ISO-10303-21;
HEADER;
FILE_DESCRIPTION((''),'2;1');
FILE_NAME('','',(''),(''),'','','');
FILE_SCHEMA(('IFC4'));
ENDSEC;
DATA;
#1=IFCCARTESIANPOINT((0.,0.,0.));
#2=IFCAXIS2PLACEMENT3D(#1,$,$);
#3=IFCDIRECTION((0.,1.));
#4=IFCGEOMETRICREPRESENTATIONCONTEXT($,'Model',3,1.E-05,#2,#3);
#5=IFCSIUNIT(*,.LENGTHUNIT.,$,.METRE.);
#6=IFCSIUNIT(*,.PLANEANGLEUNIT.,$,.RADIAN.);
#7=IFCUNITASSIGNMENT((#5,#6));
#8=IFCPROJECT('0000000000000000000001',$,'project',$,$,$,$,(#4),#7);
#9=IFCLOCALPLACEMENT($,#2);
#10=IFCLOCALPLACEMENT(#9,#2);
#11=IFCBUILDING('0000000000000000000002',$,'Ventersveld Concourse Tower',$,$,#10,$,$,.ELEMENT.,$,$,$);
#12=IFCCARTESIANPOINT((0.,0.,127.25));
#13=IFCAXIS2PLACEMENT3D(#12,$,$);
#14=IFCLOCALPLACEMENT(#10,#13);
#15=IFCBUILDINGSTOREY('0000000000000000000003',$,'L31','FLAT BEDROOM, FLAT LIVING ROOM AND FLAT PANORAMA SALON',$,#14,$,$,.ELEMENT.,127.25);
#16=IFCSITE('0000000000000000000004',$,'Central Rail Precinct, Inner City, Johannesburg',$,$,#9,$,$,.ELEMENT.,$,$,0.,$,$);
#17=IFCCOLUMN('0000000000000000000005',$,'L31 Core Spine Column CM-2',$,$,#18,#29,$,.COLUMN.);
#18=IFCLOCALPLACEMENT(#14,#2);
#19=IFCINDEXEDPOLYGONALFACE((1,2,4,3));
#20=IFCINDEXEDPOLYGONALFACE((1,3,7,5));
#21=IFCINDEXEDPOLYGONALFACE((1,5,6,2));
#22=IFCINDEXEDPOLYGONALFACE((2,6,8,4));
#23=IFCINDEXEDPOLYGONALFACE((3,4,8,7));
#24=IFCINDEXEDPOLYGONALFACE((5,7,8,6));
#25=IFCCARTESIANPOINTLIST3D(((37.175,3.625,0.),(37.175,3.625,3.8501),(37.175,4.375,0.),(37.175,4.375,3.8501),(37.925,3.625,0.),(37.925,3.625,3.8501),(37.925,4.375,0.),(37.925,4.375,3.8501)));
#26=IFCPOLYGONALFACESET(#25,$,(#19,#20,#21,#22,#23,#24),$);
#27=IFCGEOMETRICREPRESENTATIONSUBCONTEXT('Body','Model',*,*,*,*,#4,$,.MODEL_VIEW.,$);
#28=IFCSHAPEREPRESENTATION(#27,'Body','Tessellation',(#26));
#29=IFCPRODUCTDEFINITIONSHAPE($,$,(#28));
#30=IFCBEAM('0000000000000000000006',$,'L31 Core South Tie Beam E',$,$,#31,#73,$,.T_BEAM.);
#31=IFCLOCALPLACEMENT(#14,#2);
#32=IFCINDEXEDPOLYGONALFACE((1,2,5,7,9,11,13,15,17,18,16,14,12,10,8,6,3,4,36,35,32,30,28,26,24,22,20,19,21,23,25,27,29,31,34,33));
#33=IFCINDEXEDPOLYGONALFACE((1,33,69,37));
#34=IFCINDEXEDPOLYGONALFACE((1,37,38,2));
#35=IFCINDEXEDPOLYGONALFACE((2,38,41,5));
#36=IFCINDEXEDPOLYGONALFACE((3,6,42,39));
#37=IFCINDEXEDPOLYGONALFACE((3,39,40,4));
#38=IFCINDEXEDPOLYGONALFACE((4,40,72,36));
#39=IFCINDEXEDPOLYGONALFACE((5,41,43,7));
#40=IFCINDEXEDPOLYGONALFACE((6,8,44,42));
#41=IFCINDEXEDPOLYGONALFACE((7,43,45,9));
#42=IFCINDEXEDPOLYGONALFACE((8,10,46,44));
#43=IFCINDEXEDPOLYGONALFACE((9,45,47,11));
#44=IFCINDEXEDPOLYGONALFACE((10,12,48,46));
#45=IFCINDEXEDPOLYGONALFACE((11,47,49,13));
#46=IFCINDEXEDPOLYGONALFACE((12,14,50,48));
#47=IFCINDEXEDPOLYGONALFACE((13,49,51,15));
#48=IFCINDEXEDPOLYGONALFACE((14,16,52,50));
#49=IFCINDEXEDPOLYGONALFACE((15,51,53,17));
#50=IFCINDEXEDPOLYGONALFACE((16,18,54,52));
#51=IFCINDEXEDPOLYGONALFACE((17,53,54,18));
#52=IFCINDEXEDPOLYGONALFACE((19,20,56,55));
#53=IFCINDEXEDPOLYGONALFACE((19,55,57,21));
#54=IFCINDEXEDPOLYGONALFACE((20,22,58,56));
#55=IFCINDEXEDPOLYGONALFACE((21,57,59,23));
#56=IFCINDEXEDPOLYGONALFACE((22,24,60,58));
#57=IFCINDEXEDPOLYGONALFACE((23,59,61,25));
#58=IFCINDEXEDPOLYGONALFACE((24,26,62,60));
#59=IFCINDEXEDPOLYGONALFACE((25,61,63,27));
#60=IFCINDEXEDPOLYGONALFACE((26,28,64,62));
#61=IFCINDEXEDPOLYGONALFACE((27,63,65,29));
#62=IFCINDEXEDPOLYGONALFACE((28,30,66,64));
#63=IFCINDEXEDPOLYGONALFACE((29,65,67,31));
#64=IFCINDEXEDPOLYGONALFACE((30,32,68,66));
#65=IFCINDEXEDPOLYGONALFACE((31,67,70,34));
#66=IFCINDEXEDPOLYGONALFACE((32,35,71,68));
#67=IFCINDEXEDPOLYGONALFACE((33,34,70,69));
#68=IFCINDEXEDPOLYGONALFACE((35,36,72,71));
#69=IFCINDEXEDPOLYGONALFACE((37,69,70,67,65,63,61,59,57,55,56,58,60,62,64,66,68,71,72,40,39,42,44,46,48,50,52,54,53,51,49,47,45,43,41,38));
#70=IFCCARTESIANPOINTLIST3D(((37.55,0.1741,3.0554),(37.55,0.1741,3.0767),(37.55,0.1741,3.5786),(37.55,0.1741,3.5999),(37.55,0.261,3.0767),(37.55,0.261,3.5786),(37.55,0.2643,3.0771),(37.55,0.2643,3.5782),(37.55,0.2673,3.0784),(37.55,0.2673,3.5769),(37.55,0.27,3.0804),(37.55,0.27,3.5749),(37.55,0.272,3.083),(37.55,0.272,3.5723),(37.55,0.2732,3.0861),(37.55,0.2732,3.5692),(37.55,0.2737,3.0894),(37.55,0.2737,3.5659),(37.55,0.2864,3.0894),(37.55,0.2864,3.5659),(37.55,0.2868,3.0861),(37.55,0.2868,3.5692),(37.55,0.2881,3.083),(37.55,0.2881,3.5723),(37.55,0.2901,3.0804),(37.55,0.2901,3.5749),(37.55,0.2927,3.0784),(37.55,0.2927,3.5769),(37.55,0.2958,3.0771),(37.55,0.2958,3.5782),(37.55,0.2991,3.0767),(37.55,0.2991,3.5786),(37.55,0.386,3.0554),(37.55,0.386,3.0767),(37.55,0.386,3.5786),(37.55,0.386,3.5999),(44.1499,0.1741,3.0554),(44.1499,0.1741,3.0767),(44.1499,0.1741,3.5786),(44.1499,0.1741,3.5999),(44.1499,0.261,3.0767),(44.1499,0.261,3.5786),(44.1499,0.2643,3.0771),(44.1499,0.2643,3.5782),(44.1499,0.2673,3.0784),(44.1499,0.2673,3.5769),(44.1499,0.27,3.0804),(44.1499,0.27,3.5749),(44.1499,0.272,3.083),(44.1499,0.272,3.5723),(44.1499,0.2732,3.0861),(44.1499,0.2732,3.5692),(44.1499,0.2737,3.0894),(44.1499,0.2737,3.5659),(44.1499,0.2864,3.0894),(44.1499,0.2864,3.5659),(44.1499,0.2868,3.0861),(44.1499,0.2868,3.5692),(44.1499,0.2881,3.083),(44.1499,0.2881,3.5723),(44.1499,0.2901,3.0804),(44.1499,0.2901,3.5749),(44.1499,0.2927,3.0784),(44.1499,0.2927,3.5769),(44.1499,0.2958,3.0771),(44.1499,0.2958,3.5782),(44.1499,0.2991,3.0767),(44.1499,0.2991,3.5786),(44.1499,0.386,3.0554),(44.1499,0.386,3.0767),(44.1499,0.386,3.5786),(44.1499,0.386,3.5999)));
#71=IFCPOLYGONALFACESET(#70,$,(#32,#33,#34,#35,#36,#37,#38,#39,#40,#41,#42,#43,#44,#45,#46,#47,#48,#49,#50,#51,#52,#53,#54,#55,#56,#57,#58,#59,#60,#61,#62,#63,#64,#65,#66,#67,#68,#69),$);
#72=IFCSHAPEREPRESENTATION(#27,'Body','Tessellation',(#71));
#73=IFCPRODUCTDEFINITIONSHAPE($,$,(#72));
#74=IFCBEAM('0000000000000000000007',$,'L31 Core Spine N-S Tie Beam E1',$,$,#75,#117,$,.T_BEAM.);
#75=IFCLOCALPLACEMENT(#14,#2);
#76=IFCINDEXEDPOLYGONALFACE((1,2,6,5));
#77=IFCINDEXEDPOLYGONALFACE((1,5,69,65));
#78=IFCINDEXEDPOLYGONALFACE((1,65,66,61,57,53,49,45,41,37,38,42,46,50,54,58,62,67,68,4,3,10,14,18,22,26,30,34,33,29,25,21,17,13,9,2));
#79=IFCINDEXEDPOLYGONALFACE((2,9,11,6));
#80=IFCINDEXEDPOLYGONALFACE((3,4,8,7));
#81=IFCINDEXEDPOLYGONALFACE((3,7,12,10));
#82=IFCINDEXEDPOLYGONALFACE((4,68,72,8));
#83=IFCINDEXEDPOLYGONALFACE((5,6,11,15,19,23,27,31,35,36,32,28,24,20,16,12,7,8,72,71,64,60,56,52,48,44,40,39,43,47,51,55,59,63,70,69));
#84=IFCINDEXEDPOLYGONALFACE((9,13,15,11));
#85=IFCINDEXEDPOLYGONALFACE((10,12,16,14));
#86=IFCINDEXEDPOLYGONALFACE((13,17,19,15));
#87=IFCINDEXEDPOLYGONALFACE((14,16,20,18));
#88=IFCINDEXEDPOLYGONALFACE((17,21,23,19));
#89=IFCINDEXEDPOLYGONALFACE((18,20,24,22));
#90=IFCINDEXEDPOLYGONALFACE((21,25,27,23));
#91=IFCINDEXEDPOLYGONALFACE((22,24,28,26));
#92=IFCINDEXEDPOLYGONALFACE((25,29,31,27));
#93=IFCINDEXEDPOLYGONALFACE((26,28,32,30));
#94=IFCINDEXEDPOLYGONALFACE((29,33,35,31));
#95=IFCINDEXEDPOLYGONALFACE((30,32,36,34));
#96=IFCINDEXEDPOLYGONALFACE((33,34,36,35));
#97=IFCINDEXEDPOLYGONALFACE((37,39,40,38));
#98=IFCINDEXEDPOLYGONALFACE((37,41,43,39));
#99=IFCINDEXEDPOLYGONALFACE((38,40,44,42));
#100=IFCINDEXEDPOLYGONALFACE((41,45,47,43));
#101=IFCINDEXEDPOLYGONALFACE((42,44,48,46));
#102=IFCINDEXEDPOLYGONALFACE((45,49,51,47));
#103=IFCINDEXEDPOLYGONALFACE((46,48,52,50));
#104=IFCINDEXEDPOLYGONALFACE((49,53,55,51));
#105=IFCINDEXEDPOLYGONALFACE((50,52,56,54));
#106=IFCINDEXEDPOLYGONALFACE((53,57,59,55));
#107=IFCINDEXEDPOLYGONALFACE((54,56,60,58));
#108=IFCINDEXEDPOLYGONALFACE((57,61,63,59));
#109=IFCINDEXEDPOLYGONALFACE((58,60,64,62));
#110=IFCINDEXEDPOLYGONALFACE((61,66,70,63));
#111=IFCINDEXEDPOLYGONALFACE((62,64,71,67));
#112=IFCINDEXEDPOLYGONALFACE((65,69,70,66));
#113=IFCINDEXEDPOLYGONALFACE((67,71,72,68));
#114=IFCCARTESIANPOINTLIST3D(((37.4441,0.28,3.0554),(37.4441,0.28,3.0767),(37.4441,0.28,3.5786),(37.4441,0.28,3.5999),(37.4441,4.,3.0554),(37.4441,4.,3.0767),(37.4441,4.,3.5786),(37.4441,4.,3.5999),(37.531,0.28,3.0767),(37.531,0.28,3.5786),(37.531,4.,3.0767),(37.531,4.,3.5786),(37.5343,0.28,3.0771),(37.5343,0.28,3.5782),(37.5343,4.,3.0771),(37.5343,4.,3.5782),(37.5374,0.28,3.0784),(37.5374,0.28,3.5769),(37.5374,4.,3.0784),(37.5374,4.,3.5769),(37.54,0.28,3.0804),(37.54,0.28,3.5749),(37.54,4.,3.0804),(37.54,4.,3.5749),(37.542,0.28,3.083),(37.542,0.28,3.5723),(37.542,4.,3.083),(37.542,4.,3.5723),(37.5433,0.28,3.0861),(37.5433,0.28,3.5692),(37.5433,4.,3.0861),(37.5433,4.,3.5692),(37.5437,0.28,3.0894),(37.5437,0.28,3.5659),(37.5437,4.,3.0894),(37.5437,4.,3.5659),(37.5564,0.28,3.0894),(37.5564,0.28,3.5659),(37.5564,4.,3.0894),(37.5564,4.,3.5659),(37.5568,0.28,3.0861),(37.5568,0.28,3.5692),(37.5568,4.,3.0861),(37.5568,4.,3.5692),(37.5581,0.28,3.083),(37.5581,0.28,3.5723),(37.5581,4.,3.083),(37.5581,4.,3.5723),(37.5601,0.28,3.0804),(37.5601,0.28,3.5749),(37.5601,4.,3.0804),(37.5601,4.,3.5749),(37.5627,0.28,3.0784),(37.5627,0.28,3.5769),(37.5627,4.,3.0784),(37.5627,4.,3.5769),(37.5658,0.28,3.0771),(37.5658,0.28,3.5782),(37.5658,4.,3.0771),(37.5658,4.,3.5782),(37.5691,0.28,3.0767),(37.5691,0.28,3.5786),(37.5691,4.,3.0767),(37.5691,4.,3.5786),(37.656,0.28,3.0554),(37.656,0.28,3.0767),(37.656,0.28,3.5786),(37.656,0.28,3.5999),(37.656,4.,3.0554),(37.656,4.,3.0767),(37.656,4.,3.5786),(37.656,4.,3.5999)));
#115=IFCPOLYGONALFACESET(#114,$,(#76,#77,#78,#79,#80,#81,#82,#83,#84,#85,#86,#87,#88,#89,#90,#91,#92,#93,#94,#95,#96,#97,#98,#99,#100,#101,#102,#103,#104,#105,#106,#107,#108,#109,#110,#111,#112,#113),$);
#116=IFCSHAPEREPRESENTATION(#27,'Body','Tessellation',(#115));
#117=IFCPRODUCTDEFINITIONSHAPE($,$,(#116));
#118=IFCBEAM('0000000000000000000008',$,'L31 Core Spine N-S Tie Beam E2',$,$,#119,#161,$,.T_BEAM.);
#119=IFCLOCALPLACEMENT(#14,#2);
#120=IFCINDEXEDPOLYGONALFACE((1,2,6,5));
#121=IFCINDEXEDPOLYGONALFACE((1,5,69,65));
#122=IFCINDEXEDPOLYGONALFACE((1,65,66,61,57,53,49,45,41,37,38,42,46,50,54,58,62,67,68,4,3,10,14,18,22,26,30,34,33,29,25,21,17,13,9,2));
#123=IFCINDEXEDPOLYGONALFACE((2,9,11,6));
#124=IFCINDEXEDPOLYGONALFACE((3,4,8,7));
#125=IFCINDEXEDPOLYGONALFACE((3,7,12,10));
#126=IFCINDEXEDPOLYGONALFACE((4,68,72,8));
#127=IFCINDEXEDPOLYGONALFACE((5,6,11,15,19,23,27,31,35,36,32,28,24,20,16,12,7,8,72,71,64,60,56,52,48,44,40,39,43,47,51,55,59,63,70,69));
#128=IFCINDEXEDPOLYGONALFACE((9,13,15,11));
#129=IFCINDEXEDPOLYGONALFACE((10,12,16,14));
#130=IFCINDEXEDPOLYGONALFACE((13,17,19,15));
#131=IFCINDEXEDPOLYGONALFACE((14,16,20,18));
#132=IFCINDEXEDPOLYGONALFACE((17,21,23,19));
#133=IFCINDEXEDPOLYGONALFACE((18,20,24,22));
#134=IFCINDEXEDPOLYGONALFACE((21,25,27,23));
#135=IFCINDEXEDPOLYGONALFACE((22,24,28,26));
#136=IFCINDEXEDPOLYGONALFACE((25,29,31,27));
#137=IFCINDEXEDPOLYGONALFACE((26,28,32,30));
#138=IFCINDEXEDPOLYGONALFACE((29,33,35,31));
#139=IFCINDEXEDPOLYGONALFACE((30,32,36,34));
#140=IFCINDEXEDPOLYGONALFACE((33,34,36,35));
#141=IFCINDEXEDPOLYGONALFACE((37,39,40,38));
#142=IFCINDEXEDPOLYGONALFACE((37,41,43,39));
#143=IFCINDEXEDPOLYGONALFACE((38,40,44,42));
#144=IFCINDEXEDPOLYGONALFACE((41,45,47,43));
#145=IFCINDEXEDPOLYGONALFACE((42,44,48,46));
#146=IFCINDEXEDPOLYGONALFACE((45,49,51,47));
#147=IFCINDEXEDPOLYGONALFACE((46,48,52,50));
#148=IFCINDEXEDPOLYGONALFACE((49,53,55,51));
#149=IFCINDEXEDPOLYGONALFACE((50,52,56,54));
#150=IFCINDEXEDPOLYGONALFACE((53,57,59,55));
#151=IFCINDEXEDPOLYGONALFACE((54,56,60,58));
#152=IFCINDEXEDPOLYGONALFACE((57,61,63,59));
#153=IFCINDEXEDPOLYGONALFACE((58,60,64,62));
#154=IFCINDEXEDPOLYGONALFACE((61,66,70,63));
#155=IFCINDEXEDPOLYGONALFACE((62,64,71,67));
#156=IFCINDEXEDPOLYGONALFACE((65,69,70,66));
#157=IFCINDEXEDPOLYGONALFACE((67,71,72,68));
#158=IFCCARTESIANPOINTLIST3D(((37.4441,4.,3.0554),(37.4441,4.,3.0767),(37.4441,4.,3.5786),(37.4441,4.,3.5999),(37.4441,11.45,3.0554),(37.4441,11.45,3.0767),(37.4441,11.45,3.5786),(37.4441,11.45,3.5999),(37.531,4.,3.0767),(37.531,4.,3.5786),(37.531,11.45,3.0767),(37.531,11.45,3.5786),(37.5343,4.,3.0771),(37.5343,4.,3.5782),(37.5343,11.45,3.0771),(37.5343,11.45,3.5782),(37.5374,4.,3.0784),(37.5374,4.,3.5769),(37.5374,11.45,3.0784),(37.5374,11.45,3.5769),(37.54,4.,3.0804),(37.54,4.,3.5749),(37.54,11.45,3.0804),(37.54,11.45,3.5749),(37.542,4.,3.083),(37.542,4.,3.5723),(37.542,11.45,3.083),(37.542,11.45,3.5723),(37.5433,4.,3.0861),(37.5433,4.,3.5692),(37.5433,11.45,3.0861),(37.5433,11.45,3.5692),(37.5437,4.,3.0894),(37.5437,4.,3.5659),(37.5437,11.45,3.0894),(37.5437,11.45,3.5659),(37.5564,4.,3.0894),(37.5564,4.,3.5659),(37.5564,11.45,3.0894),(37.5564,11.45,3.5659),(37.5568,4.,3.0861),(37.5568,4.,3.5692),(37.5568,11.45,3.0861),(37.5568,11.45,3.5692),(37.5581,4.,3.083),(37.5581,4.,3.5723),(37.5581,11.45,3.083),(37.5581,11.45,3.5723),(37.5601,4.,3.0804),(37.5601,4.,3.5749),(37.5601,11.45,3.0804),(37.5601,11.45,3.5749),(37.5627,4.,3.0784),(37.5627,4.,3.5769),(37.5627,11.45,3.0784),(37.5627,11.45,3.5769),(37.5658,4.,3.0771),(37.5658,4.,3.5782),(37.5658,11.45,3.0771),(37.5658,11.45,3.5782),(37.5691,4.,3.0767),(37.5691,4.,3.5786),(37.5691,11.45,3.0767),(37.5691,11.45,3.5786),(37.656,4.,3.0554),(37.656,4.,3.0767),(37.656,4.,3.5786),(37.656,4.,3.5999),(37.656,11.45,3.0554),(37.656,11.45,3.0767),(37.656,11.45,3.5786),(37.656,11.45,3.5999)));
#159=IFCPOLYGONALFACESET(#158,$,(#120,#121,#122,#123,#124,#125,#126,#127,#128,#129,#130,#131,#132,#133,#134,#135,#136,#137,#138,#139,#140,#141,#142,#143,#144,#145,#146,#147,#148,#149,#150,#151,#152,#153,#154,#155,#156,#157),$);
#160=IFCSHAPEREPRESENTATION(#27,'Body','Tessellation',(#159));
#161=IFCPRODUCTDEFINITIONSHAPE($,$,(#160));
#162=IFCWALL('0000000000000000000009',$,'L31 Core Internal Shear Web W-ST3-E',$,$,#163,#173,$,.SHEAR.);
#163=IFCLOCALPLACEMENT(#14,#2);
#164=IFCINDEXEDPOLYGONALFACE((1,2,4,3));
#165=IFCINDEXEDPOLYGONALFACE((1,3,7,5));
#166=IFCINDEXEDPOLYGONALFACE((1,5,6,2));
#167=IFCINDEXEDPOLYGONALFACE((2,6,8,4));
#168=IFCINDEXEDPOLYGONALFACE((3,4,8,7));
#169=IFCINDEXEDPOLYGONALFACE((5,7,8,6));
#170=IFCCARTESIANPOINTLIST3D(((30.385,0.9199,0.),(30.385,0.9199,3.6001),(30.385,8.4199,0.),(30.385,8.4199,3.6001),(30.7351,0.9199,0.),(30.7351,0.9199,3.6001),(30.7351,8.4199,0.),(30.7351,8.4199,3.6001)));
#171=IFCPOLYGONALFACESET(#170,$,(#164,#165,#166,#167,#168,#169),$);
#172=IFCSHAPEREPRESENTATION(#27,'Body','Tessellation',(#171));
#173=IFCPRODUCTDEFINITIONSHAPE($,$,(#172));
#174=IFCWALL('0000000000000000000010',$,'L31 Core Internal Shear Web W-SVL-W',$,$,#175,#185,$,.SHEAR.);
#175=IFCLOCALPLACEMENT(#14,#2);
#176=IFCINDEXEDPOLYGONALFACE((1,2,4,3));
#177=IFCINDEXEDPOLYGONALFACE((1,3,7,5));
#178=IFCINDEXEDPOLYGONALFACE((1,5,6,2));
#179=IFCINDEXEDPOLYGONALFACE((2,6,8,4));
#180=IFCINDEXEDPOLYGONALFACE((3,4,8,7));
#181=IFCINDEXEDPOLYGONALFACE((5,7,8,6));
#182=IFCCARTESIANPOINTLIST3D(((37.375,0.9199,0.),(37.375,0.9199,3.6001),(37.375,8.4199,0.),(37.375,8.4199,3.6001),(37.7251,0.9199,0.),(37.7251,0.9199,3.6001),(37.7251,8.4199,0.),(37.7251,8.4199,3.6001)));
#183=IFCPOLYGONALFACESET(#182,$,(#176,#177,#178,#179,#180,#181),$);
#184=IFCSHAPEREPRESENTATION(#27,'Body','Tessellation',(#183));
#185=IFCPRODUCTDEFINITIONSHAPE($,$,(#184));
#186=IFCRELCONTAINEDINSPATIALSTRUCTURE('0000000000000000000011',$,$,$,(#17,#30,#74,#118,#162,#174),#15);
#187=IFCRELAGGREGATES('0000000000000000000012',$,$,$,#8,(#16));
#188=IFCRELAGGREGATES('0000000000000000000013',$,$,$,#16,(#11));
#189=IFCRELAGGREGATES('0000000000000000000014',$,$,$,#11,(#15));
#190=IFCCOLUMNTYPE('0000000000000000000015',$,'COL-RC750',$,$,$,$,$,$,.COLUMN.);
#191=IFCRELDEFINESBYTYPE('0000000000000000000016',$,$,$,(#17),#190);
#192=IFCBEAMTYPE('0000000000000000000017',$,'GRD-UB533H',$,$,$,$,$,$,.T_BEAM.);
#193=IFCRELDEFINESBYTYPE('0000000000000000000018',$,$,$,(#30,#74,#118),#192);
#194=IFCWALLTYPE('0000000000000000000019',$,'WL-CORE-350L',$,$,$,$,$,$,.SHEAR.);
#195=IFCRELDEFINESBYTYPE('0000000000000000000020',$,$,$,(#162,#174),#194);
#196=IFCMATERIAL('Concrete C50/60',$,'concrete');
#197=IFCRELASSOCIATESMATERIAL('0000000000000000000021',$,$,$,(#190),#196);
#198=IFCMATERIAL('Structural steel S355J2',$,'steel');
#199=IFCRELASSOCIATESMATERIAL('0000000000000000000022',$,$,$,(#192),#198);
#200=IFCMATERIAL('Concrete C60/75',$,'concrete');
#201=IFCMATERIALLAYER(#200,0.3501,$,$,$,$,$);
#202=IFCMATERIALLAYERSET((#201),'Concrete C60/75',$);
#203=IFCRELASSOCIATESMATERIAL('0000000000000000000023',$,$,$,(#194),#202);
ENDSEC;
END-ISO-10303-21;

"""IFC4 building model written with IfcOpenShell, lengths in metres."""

from ifc_helpers import new_model, si_unit, direction, frame, frame_2d, origin, origin_2d, place, context, subcontext, project, spatial, rectangle, i_section, extrude, material, layer, layer_set, material_profile, profile_set, type_object, element, save


model = new_model("IFC4")

# Units and contexts
model_context = context("Model", 3, precision=1e-05, world=origin(), true_north=direction((0.0, 1.0)))
body_context = subcontext(model_context, "Body", "Model", "MODEL_VIEW")
ifc_project = project(units=[si_unit("LENGTHUNIT", "METRE"), si_unit("PLANEANGLEUNIT", "RADIAN")], contexts=[model_context])

# Site, building, storey
site_placement = place(None, origin())
site = spatial("IfcSite", under=ifc_project, at=site_placement, Name="Central Rail Precinct, Inner City, Johannesburg", CompositionType="ELEMENT", RefElevation=0.0)
building_placement = place(site_placement, origin())
building = spatial("IfcBuilding", under=site, at=building_placement, Name="Ventersveld Concourse Tower", CompositionType="ELEMENT")
storey_placement = place(building_placement, frame((0.0, 0.0, 127.25)))
storey = spatial("IfcBuildingStorey", under=building, at=storey_placement, Name="L31", Description="FLAT BEDROOM, FLAT LIVING ROOM AND FLAT PANORAMA SALON", CompositionType="ELEMENT", Elevation=127.25)

# Column
ifc_material_1 = material(Name="Concrete C50/60", Category="concrete")
ifc_material_profile_1 = material_profile(ifc_material_1, rectangle(XDim=0.75, YDim=0.75, at=origin_2d()), Name="RC 750x750")
ifc_profile_set_1 = profile_set([ifc_material_profile_1], Name="Concrete C50/60")
column_type = type_object("IfcColumnType", Name="COL-RC750", PredefinedType="COLUMN", material=ifc_profile_set_1)
column_placement = place(storey_placement, frame((37.55, 4.0, 0.0), z_axis=(0.0, 0.0, 1.0), x_axis=(1.0, 0.0, 0.0)))
element("IfcColumn", 1, at=column_placement, inside=storey, type_object=column_type, Name="L31 Core Spine Column CM-2", PredefinedType="COLUMN", context=body_context, shape_type="SweptSolid", body=[
    extrude(rectangle(XDim=0.75, YDim=0.75, at=origin_2d()), origin(), (0.0, 0.0, 1.0), 3.8501),
])

# Beams
ifc_material_2 = material(Name="Structural steel S355J2", Category="steel")
ifc_material_profile_2 = material_profile(ifc_material_2, i_section(OverallWidth=0.2119, OverallDepth=0.5444, WebThickness=0.0127, FlangeThickness=0.0212, FilletRadius=0.0127, at=origin_2d()), Name="UB 533x210x122")
ifc_profile_set_2 = profile_set([ifc_material_profile_2], Name="Structural steel S355J2")
beam_type = type_object("IfcBeamType", Name="GRD-UB533H", PredefinedType="T_BEAM", material=ifc_profile_set_2)
beam_1_placement = place(storey_placement, frame((37.55, 0.28, 3.3276), z_axis=(1.0, 0.0, 0.0), x_axis=(0.0, 1.0, 0.0)))
element("IfcBeam", 2, at=beam_1_placement, inside=storey, type_object=beam_type, Name="L31 Core South Tie Beam E", PredefinedType="T_BEAM", context=body_context, shape_type="SweptSolid", body=[
    extrude(i_section(OverallWidth=0.2119, OverallDepth=0.5444, WebThickness=0.0127, FlangeThickness=0.0212, FilletRadius=0.0127, at=origin_2d()), origin(), (0.0, 0.0, 1.0), 6.5999),
])
beam_2_placement = place(storey_placement, frame((37.55, 0.28, 3.3276), z_axis=(0.0, 1.0, 0.0), x_axis=(-1.0, 0.0, 0.0)))
element("IfcBeam", 3, at=beam_2_placement, inside=storey, type_object=beam_type, Name="L31 Core Spine N-S Tie Beam E1", PredefinedType="T_BEAM", context=body_context, shape_type="SweptSolid", body=[
    extrude(i_section(OverallWidth=0.2119, OverallDepth=0.5444, WebThickness=0.0127, FlangeThickness=0.0212, FilletRadius=0.0127, at=origin_2d()), origin(), (0.0, 0.0, 1.0), 3.72),
])
beam_3_placement = place(storey_placement, frame((37.55, 4.0, 3.3276), z_axis=(0.0, 1.0, 0.0), x_axis=(-1.0, 0.0, 0.0)))
element("IfcBeam", 4, at=beam_3_placement, inside=storey, type_object=beam_type, Name="L31 Core Spine N-S Tie Beam E2", PredefinedType="T_BEAM", context=body_context, shape_type="SweptSolid", body=[
    extrude(i_section(OverallWidth=0.2119, OverallDepth=0.5444, WebThickness=0.0127, FlangeThickness=0.0212, FilletRadius=0.0127, at=origin_2d()), origin(), (0.0, 0.0, 1.0), 7.45),
])

# Walls
ifc_material_3 = material(Name="Concrete C60/75", Category="concrete")
ifc_layer_1 = layer(ifc_material_3, 0.3501)
ifc_layer_set_1 = layer_set([ifc_layer_1], Name="Concrete C60/75")
wall_type_1 = type_object("IfcWallType", Name="WL-CORE-350L", PredefinedType="SHEAR", material=ifc_layer_set_1)
for number, where, z_axis, x_axis, name in (
    (5, (30.5601, 0.9199, 0.0), (0.0, 0.0, 1.0), (0.0, 1.0, 0.0), "L31 Core Internal Shear Web W-ST3-E"),
    (6, (37.55, 0.9199, 0.0), (0.0, 0.0, 1.0), (0.0, 1.0, 0.0), "L31 Core Internal Shear Web W-SVL-W"),
):
    element("IfcWall", number, at=place(storey_placement, frame(where, z_axis=z_axis, x_axis=x_axis)), inside=storey, type_object=wall_type_1, Name=name, PredefinedType="SHEAR", context=body_context, shape_type="SweptSolid", body=[
        extrude(rectangle(XDim=7.5, YDim=0.3501, at=frame_2d((3.75, 0.0))), origin(), (0.0, 0.0, 1.0), 3.6001),
    ])

save(model, "model.ifc")
